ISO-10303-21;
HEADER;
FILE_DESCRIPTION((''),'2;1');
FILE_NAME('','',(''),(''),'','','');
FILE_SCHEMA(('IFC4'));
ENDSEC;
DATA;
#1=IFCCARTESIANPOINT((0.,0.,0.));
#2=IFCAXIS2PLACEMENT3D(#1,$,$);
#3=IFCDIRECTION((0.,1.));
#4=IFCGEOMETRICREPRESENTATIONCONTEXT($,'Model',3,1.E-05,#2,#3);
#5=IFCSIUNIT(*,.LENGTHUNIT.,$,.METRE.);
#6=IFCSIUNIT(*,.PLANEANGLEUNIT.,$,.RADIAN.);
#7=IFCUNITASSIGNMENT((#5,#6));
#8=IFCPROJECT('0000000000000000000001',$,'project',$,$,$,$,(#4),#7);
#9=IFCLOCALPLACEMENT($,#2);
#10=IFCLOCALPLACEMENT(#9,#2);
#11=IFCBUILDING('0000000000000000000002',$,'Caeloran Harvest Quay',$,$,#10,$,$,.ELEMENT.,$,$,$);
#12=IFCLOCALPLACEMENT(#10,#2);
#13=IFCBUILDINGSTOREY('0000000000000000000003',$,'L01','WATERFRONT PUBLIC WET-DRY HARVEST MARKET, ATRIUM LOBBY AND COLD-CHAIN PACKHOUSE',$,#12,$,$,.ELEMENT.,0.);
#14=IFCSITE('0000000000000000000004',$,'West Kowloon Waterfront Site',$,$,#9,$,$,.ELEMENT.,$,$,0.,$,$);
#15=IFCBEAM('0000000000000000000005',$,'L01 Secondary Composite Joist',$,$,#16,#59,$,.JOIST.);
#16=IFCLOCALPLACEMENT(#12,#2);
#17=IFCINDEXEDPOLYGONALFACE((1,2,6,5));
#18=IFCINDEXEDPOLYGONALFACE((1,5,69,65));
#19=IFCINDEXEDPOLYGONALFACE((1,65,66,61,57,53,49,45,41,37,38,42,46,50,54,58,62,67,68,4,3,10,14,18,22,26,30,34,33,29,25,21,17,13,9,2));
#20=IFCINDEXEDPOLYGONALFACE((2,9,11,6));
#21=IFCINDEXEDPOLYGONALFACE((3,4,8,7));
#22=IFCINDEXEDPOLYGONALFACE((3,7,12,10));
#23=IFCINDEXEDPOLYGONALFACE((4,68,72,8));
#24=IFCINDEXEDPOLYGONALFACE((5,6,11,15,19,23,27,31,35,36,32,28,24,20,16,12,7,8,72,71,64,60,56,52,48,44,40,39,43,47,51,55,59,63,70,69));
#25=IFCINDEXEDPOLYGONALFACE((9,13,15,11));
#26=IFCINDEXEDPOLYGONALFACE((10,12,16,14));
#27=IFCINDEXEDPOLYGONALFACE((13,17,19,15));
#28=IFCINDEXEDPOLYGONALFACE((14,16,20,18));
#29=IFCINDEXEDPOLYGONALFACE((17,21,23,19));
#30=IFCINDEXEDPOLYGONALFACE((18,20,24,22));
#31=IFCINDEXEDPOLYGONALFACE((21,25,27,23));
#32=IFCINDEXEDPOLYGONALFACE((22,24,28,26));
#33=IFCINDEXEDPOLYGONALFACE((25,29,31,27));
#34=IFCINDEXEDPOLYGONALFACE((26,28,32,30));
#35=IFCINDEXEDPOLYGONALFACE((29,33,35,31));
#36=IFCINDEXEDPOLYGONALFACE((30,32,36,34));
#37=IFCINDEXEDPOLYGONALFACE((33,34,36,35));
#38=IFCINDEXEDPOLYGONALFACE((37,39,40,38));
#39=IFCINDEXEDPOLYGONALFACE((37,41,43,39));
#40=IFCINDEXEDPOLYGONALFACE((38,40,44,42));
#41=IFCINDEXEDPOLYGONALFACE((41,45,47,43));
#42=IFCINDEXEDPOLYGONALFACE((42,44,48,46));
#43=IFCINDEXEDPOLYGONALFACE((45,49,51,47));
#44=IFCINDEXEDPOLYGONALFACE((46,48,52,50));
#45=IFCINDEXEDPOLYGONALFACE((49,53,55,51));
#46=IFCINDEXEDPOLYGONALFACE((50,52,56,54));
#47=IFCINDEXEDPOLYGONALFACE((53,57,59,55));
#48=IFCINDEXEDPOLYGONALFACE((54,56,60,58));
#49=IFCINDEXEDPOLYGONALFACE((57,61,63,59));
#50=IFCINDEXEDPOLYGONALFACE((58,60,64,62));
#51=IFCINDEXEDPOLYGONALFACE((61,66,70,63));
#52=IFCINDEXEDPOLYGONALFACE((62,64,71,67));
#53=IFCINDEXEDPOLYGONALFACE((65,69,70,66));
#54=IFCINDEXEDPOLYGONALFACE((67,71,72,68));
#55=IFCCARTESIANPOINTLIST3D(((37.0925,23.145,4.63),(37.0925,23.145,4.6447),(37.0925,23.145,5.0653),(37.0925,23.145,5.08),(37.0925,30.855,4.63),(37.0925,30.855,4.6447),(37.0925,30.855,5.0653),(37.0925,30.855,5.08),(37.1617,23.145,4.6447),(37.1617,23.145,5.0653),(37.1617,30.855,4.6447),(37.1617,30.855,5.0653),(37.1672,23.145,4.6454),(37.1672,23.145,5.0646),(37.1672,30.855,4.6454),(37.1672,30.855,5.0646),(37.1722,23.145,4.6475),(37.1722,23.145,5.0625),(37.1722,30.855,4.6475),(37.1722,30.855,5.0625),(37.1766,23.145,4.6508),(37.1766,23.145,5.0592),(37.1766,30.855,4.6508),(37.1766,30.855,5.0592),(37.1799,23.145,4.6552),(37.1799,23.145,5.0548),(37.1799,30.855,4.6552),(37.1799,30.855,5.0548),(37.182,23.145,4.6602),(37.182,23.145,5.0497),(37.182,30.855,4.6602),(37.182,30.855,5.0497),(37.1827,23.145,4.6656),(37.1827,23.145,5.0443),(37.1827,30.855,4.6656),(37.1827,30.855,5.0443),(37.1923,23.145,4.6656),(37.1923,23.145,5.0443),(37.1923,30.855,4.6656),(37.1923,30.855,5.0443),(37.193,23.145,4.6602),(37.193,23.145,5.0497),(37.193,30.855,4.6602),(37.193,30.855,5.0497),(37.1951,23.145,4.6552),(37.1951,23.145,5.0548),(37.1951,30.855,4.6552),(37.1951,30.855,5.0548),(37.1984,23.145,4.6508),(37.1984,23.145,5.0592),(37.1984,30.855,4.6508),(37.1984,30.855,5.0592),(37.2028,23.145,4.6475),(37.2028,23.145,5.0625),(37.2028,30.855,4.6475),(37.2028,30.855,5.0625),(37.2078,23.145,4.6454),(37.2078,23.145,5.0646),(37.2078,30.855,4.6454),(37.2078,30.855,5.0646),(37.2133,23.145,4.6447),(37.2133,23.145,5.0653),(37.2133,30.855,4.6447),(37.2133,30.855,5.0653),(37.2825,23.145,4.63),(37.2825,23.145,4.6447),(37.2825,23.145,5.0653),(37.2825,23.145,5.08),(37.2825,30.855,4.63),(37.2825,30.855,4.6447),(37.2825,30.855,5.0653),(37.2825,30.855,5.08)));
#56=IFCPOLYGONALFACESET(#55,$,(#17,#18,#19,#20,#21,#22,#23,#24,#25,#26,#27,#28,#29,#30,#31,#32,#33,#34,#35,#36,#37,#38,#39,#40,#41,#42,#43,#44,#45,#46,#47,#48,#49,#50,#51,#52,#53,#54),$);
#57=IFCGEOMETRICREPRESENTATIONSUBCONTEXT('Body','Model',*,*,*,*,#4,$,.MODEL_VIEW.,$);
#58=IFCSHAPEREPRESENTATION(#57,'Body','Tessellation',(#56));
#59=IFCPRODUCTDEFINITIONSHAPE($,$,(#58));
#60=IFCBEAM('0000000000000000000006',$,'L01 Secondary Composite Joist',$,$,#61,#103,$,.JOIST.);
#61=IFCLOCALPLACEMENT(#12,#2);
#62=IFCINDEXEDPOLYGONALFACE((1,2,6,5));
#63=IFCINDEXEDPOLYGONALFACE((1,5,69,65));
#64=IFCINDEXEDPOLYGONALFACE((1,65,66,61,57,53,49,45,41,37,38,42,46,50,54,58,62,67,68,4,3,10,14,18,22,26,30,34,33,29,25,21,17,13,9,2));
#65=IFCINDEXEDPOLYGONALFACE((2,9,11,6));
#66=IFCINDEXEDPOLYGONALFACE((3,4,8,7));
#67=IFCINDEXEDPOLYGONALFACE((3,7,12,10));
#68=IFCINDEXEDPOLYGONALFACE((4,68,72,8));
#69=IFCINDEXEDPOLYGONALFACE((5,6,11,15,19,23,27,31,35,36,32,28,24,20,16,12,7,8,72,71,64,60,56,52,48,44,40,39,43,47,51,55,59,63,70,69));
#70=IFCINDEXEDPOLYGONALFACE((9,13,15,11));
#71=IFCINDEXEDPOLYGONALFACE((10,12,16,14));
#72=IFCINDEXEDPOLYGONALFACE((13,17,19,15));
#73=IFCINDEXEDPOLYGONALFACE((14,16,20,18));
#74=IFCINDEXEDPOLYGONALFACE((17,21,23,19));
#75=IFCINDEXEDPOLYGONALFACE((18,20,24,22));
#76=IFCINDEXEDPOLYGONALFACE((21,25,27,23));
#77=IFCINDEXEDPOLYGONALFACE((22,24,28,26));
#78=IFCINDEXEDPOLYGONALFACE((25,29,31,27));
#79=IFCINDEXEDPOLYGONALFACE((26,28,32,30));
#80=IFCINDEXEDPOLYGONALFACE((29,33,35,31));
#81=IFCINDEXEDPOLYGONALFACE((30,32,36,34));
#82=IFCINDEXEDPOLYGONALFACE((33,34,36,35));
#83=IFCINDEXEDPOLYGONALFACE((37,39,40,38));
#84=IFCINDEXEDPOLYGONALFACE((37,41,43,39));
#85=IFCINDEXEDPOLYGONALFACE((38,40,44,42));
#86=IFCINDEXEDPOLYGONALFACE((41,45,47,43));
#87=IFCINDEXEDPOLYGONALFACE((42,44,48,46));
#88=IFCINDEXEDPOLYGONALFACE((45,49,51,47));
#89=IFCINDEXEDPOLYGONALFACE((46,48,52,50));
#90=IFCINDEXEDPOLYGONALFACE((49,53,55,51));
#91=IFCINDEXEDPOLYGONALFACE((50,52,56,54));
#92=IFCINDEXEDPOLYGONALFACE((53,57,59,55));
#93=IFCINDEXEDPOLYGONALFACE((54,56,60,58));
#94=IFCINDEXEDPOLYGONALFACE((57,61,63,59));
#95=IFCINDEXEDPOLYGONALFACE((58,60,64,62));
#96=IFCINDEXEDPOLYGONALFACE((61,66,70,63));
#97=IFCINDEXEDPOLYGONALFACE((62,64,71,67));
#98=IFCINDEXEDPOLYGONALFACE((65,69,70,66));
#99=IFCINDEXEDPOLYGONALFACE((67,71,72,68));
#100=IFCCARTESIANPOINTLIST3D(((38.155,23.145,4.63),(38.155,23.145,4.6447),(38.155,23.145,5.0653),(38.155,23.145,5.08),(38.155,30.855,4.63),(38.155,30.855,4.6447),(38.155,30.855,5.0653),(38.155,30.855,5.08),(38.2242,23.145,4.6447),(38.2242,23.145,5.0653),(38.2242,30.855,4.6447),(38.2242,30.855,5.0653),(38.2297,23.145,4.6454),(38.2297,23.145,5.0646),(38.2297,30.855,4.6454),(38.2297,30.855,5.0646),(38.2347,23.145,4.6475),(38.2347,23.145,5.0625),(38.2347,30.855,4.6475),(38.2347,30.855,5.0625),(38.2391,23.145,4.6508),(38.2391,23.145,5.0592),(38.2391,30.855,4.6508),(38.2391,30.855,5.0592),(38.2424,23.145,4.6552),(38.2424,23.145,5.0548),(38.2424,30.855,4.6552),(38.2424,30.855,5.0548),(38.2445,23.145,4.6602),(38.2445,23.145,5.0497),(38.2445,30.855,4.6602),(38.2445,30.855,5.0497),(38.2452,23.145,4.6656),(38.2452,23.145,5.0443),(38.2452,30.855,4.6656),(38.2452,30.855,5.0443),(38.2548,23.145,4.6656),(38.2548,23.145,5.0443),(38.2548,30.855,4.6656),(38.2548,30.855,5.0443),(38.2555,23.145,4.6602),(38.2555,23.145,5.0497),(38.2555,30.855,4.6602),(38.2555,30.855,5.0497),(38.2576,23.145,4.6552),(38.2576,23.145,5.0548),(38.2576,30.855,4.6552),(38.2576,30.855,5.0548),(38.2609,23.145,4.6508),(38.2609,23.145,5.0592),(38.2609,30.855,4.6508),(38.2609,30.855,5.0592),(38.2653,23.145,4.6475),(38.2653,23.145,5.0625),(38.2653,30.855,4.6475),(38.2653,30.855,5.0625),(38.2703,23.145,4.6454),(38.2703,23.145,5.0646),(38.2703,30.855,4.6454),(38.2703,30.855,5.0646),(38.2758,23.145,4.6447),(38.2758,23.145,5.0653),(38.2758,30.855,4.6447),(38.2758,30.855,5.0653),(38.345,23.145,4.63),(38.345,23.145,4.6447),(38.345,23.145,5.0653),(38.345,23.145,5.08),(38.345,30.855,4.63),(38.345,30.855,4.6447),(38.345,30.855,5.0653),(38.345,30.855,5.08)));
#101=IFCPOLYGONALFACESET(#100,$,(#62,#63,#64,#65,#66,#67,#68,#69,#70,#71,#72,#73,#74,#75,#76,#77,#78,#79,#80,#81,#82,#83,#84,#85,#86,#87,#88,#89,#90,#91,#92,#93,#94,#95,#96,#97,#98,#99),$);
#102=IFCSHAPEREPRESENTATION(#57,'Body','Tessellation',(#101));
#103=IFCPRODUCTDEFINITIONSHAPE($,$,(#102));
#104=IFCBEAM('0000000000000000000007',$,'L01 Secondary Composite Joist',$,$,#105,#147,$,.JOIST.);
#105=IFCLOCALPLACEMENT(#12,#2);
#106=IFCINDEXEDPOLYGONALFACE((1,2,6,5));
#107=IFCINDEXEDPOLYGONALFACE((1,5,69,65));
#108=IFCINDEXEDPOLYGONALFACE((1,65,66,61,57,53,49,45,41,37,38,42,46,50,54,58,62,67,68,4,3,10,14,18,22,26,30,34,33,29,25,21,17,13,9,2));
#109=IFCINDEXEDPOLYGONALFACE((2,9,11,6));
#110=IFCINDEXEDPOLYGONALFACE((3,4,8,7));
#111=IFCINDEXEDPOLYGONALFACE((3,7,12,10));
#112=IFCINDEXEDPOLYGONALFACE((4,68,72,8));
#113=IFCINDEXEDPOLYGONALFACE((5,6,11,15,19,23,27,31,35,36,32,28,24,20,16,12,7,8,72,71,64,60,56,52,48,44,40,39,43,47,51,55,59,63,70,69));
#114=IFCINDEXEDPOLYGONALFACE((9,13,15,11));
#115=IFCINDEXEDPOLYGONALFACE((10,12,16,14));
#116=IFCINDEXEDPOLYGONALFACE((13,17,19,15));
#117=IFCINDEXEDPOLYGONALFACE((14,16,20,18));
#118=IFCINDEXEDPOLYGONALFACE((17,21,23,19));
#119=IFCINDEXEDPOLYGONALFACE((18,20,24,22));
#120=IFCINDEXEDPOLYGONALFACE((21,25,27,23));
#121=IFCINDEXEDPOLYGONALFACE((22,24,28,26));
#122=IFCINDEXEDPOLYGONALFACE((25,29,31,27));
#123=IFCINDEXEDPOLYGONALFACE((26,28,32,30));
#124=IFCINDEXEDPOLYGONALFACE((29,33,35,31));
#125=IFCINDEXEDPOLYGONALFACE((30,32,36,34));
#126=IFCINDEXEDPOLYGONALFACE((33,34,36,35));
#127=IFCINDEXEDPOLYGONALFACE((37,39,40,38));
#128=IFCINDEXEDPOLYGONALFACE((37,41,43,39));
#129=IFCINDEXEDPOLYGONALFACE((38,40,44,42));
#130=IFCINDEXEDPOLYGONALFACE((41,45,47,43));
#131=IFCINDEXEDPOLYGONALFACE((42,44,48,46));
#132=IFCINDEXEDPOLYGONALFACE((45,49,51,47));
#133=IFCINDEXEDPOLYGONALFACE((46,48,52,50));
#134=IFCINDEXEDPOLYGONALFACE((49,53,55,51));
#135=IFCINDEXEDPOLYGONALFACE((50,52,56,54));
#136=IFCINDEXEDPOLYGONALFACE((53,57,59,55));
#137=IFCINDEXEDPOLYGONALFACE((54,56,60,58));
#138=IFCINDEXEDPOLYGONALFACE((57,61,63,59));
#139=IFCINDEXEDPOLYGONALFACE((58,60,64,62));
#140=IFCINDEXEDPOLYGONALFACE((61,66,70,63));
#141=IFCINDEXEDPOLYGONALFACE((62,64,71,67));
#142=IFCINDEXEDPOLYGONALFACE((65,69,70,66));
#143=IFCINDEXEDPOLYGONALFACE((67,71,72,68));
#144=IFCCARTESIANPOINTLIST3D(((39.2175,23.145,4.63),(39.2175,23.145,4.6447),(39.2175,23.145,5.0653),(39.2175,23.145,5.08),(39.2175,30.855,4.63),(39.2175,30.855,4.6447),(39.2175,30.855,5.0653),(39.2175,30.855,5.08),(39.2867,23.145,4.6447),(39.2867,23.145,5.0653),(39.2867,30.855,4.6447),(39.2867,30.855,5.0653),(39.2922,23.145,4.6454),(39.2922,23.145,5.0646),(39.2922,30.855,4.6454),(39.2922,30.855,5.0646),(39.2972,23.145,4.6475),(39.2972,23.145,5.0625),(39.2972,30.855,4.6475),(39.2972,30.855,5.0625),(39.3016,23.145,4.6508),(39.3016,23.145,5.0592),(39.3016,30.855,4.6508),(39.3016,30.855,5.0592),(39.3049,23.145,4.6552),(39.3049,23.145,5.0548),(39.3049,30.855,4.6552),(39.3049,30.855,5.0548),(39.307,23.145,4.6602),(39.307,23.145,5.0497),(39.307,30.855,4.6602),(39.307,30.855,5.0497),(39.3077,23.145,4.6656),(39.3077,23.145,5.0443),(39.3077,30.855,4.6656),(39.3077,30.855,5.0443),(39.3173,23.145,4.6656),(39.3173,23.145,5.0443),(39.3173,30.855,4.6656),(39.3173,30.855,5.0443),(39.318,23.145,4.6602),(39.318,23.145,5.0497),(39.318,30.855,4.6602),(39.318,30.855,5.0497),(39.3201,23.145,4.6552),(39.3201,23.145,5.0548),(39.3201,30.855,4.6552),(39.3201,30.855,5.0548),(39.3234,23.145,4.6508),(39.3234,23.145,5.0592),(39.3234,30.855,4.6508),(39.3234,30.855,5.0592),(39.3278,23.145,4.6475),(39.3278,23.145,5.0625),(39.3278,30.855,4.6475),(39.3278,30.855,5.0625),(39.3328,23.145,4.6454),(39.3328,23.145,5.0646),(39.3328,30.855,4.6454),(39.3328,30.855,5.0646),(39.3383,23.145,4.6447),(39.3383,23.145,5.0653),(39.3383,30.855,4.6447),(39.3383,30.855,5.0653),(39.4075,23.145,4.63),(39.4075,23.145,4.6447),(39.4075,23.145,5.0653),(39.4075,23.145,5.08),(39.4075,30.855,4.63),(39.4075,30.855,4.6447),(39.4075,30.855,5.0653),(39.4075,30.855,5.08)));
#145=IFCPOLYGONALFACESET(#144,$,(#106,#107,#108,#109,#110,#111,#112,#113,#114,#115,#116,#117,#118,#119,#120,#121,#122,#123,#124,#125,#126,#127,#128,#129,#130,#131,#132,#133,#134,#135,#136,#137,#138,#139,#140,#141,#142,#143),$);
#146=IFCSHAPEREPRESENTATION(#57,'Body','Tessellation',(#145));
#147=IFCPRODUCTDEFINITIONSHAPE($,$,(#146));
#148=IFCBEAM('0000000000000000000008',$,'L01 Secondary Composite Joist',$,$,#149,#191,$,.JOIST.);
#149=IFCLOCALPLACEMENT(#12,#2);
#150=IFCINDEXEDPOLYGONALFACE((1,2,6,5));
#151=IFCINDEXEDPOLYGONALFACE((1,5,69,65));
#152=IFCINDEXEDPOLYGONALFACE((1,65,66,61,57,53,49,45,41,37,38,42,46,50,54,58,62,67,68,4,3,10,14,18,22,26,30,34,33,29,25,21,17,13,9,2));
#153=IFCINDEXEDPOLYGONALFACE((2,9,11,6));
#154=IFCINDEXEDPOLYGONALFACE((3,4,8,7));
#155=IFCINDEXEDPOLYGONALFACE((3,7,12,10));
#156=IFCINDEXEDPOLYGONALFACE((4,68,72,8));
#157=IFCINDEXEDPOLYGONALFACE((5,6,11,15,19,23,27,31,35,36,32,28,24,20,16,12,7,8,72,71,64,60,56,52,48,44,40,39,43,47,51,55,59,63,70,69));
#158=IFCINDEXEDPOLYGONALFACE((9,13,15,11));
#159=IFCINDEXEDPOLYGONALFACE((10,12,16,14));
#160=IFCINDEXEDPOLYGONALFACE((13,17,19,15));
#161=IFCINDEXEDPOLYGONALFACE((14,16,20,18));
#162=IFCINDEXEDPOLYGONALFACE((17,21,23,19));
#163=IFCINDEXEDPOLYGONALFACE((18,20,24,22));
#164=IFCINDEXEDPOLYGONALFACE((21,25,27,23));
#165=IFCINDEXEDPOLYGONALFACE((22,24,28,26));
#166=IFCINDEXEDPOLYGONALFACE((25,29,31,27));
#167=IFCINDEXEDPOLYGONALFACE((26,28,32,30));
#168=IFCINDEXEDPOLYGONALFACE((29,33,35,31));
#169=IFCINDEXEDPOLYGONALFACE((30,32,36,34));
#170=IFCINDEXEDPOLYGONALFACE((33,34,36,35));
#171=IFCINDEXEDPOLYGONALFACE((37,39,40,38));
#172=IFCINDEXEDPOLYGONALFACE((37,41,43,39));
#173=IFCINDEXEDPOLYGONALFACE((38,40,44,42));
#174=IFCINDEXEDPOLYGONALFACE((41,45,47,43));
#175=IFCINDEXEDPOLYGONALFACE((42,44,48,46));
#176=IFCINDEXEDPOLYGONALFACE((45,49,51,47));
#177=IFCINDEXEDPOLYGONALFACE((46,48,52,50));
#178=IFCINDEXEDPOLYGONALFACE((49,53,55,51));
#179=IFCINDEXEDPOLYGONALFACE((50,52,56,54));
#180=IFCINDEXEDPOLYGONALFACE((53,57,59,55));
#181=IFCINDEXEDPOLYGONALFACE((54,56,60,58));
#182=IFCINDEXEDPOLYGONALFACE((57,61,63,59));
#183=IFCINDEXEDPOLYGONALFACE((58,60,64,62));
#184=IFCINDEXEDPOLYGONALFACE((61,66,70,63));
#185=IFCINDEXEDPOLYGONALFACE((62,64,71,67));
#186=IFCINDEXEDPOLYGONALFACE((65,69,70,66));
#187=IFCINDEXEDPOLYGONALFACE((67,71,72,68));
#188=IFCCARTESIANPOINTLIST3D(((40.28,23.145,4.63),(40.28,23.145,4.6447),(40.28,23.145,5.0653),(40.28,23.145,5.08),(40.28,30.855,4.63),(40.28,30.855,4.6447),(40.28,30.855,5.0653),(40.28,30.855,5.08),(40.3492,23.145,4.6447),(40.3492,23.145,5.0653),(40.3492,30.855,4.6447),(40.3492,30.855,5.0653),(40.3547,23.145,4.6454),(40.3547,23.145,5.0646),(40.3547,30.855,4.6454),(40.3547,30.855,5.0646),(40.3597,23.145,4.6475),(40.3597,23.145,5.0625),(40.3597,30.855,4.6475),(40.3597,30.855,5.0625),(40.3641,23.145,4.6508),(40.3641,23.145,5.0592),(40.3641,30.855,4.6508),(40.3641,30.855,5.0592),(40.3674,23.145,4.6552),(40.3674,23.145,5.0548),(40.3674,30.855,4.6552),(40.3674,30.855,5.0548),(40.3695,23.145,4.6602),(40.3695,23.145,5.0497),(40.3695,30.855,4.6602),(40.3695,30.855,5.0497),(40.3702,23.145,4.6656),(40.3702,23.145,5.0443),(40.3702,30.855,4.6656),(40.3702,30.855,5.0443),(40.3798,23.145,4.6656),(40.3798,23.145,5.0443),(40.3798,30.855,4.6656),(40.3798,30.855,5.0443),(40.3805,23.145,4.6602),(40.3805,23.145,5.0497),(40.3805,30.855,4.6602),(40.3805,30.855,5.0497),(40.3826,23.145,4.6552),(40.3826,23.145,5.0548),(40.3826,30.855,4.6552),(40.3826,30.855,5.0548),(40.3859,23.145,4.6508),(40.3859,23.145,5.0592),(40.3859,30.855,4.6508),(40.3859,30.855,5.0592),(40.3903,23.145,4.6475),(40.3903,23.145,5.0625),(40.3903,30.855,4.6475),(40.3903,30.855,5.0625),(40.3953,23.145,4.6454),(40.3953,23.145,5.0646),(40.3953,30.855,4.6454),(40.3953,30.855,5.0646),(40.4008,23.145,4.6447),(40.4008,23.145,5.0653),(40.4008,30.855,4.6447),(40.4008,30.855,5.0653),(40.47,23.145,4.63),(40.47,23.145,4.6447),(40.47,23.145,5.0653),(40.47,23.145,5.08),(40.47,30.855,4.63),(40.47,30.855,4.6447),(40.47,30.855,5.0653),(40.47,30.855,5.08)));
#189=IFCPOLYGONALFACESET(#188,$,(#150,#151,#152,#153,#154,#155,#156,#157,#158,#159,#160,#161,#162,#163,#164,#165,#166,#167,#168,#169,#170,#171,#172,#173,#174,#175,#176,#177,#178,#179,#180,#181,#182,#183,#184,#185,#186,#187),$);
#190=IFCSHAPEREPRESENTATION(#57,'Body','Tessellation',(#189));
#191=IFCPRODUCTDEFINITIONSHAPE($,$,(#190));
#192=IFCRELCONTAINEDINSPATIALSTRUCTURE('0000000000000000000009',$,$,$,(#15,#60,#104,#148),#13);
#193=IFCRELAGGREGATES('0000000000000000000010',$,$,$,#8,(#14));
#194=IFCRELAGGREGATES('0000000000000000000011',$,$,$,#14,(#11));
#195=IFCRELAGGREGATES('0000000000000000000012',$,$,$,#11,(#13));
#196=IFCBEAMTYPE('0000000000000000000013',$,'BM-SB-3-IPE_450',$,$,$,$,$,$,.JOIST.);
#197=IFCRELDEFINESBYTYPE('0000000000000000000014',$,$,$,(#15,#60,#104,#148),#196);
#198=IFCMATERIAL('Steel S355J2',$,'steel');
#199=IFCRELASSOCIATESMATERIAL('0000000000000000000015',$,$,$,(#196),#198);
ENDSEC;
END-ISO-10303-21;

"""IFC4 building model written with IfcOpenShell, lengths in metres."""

from ifc_helpers import new_model, si_unit, direction, frame, origin, origin_2d, place, context, subcontext, project, spatial, i_section, extrude, material, material_profile, profile_set, type_object, element, save


model = new_model("IFC4")

# Units and contexts
model_context = context("Model", 3, precision=1e-05, world=origin(), true_north=direction((0.0, 1.0)))
body_context = subcontext(model_context, "Body", "Model", "MODEL_VIEW")
ifc_project = project(units=[si_unit("LENGTHUNIT", "METRE"), si_unit("PLANEANGLEUNIT", "RADIAN")], contexts=[model_context])

# Site, building, storey
site_placement = place(None, origin())
site = spatial("IfcSite", under=ifc_project, at=site_placement, Name="West Kowloon Waterfront Site", CompositionType="ELEMENT", RefElevation=0.0)
building_placement = place(site_placement, origin())
building = spatial("IfcBuilding", under=site, at=building_placement, Name="Caeloran Harvest Quay", CompositionType="ELEMENT")
storey_placement = place(building_placement, origin())
storey = spatial("IfcBuildingStorey", under=building, at=storey_placement, Name="L01", Description="WATERFRONT PUBLIC WET-DRY HARVEST MARKET, ATRIUM LOBBY AND COLD-CHAIN PACKHOUSE", CompositionType="ELEMENT", Elevation=0.0)

# Beams
ifc_material_1 = material(Name="Steel S355J2", Category="steel")
ifc_material_profile_1 = material_profile(ifc_material_1, i_section(OverallWidth=0.1899, OverallDepth=0.45, WebThickness=0.0095, FlangeThickness=0.0146, FilletRadius=0.021, at=origin_2d()), Name="IPE 450")
ifc_profile_set_1 = profile_set([ifc_material_profile_1], Name="Steel S355J2")
beam_type_1 = type_object("IfcBeamType", Name="BM-SB-3-IPE_450", PredefinedType="JOIST", material=ifc_profile_set_1)
for number, where, z_axis, x_axis, name in (
    (1, (37.1875, 23.145, 4.855), (0.0, 1.0, 0.0), (-1.0, 0.0, 0.0), "L01 Secondary Composite Joist"),
    (2, (38.25, 23.145, 4.855), (0.0, 1.0, 0.0), (-1.0, 0.0, 0.0), "L01 Secondary Composite Joist"),
    (3, (39.3125, 23.145, 4.855), (0.0, 1.0, 0.0), (-1.0, 0.0, 0.0), "L01 Secondary Composite Joist"),
    (4, (40.375, 23.145, 4.855), (0.0, 1.0, 0.0), (-1.0, 0.0, 0.0), "L01 Secondary Composite Joist"),
):
    element("IfcBeam", number, at=place(storey_placement, frame(where, z_axis=z_axis, x_axis=x_axis)), inside=storey, type_object=beam_type_1, Name=name, PredefinedType="JOIST", context=body_context, shape_type="SweptSolid", body=[
        extrude(i_section(OverallWidth=0.1899, OverallDepth=0.45, WebThickness=0.0095, FlangeThickness=0.0146, FilletRadius=0.021, at=origin_2d()), origin(), (0.0, 0.0, 1.0), 7.71),
    ])

save(model, "model.ifc")
